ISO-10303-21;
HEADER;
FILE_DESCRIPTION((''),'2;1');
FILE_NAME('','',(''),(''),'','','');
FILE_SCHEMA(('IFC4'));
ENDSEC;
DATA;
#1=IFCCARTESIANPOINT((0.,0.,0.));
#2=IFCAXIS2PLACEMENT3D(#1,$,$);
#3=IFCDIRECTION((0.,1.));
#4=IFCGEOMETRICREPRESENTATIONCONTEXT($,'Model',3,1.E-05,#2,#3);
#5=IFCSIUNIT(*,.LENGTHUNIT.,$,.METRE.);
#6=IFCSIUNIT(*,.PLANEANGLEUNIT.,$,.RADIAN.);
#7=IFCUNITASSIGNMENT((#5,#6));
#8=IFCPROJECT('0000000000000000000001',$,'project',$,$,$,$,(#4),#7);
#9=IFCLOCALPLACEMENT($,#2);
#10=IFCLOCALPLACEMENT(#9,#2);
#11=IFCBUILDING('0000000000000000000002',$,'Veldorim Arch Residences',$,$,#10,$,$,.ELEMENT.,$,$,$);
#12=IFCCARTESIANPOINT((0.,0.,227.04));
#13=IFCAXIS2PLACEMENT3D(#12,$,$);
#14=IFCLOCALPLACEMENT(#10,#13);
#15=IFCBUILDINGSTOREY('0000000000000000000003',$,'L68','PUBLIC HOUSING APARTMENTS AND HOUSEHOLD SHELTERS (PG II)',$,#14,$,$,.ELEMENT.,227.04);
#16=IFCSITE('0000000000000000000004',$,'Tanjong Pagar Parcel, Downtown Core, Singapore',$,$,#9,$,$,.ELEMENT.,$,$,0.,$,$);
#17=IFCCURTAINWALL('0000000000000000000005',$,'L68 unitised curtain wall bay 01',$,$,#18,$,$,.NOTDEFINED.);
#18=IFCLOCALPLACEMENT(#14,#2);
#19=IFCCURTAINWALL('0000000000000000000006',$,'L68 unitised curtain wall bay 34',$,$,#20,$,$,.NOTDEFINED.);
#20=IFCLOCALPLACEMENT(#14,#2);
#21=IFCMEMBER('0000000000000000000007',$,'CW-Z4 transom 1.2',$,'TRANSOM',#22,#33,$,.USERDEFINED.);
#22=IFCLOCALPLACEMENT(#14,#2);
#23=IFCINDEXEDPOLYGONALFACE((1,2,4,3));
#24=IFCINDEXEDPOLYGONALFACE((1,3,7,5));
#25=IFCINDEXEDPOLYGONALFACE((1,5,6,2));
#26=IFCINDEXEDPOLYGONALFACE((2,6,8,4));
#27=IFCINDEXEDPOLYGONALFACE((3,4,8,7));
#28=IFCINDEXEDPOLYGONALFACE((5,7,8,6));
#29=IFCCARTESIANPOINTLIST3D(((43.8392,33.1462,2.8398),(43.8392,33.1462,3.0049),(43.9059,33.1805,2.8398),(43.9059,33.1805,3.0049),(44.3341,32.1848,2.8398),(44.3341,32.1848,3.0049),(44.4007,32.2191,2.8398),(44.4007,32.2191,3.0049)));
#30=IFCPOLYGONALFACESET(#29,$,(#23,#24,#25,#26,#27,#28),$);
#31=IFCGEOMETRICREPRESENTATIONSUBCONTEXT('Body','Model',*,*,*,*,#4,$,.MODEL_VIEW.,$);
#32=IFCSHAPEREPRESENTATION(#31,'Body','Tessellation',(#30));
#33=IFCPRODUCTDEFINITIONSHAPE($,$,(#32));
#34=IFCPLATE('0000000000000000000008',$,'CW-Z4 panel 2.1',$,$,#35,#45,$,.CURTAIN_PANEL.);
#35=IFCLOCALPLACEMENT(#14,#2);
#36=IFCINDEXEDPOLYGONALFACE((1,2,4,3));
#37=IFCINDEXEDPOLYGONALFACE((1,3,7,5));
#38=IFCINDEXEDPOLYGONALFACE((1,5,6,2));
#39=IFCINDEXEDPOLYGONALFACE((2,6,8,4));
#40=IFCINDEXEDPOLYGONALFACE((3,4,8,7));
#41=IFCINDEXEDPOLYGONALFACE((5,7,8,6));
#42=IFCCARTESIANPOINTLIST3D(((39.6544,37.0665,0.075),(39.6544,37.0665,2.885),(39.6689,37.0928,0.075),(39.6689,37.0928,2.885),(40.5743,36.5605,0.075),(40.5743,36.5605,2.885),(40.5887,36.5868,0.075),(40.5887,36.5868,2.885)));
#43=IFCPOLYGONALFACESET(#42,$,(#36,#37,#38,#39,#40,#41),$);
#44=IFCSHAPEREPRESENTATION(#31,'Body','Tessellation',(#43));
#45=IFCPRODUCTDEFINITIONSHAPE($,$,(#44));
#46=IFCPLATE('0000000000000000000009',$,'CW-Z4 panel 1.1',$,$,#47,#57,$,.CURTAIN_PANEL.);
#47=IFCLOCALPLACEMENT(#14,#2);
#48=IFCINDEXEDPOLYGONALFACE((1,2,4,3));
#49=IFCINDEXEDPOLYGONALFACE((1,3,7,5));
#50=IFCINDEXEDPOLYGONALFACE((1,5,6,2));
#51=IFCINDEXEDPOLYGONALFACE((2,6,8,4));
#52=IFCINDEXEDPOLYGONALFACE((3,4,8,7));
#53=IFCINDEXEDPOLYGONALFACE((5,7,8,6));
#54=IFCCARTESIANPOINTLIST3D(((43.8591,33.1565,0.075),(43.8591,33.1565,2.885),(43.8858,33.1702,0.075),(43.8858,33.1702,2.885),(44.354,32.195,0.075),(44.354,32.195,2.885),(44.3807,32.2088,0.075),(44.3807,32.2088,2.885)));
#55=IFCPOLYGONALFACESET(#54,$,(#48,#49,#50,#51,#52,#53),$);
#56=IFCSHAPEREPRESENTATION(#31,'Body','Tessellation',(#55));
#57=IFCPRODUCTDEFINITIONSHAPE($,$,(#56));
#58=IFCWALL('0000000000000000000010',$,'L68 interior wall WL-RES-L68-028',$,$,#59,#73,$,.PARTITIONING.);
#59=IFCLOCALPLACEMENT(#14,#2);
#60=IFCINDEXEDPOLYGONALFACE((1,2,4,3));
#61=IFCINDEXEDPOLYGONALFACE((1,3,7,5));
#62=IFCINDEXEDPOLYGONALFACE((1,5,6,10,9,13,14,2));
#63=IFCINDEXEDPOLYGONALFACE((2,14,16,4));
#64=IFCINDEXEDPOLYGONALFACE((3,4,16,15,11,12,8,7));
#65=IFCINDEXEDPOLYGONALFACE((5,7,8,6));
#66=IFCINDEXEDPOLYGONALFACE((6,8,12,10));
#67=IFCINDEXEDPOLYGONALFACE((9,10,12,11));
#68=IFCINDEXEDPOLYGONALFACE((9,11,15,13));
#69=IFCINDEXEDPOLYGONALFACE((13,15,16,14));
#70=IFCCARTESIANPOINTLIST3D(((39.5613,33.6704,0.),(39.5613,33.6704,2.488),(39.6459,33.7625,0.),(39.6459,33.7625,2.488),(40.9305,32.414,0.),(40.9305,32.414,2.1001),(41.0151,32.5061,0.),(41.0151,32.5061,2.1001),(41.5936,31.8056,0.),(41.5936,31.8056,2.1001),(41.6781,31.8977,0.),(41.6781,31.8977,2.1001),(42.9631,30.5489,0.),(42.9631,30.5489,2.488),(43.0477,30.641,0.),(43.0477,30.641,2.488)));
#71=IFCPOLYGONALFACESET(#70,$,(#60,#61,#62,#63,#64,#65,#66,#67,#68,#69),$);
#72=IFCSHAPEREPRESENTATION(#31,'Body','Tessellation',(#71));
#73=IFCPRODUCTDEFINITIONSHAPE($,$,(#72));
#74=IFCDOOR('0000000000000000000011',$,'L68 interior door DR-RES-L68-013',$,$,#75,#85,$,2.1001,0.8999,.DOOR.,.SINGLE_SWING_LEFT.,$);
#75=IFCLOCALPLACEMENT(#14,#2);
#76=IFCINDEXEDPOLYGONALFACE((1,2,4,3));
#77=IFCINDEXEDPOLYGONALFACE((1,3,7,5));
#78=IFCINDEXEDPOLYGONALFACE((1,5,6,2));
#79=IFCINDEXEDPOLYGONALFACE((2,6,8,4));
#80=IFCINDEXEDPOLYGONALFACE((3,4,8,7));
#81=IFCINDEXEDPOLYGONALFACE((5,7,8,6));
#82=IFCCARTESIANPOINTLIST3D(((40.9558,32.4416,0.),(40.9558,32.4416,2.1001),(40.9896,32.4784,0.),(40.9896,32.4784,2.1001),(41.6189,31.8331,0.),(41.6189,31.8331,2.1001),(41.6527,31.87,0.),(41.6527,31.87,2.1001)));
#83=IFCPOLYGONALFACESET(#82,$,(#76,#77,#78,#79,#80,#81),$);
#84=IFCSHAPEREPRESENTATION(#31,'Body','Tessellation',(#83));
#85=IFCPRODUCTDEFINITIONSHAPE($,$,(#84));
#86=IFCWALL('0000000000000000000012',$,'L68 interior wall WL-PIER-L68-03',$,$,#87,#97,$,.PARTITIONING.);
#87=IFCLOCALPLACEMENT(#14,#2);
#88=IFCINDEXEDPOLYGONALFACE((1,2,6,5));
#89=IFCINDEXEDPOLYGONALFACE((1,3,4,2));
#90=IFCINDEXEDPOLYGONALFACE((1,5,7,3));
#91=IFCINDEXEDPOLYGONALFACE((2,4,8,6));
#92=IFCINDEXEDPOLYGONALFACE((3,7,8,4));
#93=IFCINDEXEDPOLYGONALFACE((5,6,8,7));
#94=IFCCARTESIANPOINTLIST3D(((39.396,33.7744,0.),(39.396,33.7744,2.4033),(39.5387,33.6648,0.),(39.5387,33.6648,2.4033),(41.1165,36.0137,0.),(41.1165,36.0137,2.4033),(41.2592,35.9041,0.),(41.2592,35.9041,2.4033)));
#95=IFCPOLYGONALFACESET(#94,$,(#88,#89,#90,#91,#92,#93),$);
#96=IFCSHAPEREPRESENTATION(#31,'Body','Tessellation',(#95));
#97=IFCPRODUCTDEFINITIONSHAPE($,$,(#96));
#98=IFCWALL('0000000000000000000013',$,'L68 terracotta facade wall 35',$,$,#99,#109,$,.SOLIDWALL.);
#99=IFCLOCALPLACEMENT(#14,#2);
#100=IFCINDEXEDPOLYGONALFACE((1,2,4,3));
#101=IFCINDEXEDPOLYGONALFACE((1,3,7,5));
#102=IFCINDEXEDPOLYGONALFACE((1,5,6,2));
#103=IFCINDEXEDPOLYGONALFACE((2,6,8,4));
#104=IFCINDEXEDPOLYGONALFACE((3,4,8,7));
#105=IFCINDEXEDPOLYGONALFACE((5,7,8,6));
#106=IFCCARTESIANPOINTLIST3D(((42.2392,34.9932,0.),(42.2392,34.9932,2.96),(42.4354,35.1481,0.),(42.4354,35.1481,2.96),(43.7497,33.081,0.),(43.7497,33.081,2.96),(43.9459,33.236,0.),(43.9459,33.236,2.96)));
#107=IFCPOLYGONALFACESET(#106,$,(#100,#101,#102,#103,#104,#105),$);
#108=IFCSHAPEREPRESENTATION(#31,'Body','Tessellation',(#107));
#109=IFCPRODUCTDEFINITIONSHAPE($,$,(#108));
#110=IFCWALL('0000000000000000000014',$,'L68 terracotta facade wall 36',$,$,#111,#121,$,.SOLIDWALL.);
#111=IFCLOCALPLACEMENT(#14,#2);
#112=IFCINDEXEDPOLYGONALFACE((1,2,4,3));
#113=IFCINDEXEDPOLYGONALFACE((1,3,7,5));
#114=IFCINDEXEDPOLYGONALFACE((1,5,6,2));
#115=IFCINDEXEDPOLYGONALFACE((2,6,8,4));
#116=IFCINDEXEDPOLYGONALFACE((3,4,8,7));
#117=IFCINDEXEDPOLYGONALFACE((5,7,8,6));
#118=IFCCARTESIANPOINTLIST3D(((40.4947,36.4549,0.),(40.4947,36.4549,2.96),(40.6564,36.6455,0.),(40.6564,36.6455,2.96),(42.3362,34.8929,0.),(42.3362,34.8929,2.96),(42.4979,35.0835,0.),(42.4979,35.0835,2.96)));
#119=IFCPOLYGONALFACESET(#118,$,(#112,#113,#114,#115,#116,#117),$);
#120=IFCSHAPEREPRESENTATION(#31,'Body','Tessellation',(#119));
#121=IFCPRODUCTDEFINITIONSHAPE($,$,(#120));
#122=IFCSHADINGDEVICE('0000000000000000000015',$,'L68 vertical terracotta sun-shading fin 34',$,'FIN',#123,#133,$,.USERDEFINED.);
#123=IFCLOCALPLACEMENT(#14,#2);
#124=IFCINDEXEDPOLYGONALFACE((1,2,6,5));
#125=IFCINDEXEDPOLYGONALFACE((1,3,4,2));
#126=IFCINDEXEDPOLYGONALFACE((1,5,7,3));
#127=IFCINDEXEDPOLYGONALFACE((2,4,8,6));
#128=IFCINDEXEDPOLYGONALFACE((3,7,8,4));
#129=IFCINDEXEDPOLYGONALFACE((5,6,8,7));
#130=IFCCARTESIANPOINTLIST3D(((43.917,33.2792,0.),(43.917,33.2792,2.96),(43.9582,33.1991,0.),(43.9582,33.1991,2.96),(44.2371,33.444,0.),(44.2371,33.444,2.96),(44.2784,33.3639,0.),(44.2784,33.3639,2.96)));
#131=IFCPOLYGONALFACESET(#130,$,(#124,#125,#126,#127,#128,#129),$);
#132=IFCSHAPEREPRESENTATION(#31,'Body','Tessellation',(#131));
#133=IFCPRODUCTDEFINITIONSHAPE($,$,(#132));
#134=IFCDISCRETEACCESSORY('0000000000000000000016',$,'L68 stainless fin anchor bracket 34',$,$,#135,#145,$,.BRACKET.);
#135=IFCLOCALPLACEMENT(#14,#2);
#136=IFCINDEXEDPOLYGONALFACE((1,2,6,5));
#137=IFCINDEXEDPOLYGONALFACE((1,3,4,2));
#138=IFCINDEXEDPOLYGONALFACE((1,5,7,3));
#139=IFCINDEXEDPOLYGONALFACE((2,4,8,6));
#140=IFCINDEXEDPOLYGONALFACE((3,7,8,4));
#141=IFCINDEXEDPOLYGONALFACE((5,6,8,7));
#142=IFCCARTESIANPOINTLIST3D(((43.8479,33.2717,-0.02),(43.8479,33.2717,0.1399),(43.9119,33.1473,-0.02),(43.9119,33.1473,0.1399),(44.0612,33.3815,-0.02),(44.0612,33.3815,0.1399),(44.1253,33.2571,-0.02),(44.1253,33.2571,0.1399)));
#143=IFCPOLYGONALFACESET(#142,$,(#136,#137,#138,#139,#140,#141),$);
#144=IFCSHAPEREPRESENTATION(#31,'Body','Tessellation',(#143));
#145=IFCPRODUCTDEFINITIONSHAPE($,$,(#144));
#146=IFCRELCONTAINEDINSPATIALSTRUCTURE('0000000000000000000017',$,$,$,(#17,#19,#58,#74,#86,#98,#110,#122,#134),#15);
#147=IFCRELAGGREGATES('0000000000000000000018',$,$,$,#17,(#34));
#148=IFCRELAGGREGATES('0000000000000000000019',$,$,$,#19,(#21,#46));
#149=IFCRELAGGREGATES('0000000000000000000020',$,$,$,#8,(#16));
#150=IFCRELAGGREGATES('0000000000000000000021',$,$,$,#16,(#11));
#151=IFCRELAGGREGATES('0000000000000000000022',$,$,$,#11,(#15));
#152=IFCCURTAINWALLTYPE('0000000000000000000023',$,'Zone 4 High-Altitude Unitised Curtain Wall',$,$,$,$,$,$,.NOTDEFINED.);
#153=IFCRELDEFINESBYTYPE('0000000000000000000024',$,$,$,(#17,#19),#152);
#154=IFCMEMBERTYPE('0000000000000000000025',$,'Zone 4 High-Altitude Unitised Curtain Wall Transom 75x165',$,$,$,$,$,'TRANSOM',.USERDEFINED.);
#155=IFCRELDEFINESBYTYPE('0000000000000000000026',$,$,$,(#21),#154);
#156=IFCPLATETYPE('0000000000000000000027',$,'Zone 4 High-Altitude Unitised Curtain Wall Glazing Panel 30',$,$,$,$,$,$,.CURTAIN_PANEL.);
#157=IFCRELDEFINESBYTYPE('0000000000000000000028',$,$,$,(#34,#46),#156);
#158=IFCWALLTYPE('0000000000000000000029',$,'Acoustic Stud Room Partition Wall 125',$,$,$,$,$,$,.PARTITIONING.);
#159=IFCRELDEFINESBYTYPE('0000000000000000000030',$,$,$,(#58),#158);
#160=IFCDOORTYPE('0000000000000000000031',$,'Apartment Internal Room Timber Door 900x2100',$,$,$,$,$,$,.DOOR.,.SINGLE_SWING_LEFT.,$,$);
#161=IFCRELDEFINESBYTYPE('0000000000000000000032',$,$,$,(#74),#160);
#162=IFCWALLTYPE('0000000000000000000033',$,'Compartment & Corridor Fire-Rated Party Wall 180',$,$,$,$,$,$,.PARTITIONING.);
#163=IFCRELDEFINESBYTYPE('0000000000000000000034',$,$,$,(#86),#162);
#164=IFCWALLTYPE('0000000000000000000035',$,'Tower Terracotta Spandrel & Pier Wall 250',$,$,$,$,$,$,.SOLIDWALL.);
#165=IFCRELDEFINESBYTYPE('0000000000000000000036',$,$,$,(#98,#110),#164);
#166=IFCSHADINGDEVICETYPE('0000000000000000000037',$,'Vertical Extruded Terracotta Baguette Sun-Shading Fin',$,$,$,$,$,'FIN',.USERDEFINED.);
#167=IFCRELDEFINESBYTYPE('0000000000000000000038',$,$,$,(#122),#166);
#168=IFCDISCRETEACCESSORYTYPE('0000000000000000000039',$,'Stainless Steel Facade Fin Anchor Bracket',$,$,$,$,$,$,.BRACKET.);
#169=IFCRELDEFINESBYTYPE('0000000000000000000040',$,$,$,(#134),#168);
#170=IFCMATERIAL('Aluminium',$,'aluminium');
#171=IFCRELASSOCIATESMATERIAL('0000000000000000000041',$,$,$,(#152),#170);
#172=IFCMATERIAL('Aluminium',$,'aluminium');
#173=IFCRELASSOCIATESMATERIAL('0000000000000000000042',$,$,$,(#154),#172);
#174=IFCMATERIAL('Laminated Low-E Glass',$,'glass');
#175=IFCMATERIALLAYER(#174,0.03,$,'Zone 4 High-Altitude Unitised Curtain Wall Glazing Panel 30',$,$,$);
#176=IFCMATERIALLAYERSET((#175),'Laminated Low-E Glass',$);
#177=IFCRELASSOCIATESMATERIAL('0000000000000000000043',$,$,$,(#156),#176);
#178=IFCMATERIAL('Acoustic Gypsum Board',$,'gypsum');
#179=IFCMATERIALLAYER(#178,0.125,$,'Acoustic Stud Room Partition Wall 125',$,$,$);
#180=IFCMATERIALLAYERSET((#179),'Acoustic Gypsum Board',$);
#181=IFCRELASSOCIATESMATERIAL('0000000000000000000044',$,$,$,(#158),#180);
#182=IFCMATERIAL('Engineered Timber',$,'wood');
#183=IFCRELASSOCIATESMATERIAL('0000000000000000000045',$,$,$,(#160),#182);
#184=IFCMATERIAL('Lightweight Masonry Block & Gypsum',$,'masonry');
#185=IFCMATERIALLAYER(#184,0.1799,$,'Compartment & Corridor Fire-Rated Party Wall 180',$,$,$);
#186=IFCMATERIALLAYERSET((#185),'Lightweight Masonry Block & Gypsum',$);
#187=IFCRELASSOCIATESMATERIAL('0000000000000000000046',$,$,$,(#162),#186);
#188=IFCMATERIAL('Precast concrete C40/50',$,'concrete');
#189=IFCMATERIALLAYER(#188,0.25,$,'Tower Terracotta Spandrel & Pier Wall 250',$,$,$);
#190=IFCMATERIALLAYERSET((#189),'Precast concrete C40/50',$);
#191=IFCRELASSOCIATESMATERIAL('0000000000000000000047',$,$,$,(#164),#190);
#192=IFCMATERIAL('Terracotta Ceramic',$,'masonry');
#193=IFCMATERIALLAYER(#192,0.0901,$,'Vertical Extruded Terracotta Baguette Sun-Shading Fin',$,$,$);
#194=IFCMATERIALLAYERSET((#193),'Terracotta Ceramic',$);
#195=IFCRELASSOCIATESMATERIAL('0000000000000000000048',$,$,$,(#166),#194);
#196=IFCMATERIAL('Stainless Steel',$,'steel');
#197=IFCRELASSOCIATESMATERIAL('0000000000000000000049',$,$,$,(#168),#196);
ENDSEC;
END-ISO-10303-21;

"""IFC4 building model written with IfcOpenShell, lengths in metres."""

from ifc_helpers import new_model, si_unit, direction, frame, frame_2d, origin, origin_2d, place, context, subcontext, project, spatial, rectangle, extrude, material, layer, layer_set, material_profile, profile_set, type_object, element, fill, aggregate, save


model = new_model("IFC4")

# Units and contexts
model_context = context("Model", 3, precision=1e-05, world=origin(), true_north=direction((0.0, 1.0)))
body_context = subcontext(model_context, "Body", "Model", "MODEL_VIEW")
ifc_project = project(units=[si_unit("LENGTHUNIT", "METRE"), si_unit("PLANEANGLEUNIT", "RADIAN")], contexts=[model_context])

# Site, building, storey
site_placement = place(None, origin())
site = spatial("IfcSite", under=ifc_project, at=site_placement, Name="Tanjong Pagar Parcel, Downtown Core, Singapore", CompositionType="ELEMENT", RefElevation=0.0)
building_placement = place(site_placement, origin())
building = spatial("IfcBuilding", under=site, at=building_placement, Name="Veldorim Arch Residences", CompositionType="ELEMENT")
storey_placement = place(building_placement, frame((0.0, 0.0, 227.04)))
storey = spatial("IfcBuildingStorey", under=building, at=storey_placement, Name="L68", Description="PUBLIC HOUSING APARTMENTS AND HOUSEHOLD SHELTERS (PG II)", CompositionType="ELEMENT", Elevation=227.04)

# Curtain wall
ifc_material_1 = material(Name="Aluminium", Category="aluminium")
curtain_wall_type = type_object("IfcCurtainWallType", Name="Zone 4 High-Altitude Unitised Curtain Wall", PredefinedType="NOTDEFINED", material=ifc_material_1)
curtain_wall_1_placement = place(storey_placement, origin())
curtain_wall_1 = element("IfcCurtainWall", 1, at=curtain_wall_1_placement, inside=storey, type_object=curtain_wall_type, Name="L68 unitised curtain wall bay 01", PredefinedType="NOTDEFINED")

# Curtain wall
curtain_wall_2_placement = place(storey_placement, origin())
curtain_wall_2 = element("IfcCurtainWall", 2, at=curtain_wall_2_placement, inside=storey, type_object=curtain_wall_type, Name="L68 unitised curtain wall bay 34", PredefinedType="NOTDEFINED")

# Member
ifc_material_2 = material(Name="Aluminium", Category="aluminium")
ifc_material_profile_1 = material_profile(ifc_material_2, rectangle(XDim=0.075, YDim=0.165, at=origin_2d()), Name="ALU_TRN_75x165")
ifc_profile_set_1 = profile_set([ifc_material_profile_1], Name="Aluminium")
member_type_1 = type_object("IfcMemberType", Name="Zone 4 High-Altitude Unitised Curtain Wall Transom 75x165", ElementType="TRANSOM", PredefinedType="USERDEFINED", material=ifc_profile_set_1)
member_1_placement = place(storey_placement, frame((43.8726, 33.1633, 2.9224), z_axis=(0.457659, -0.889128, 0.0), x_axis=(0.889128, 0.457659, 0.0)))
member_1 = element("IfcMember", 3, at=member_1_placement, type_object=member_type_1, Name="CW-Z4 transom 1.2", ObjectType="TRANSOM", PredefinedType="USERDEFINED", context=body_context, shape_type="SweptSolid", body=[
    extrude(rectangle(XDim=0.075, YDim=0.165, at=origin_2d()), origin(), (0.0, 0.0, 1.0), 1.0813),
])

# Plates
ifc_material_3 = material(Name="Laminated Low-E Glass", Category="glass")
ifc_layer_1 = layer(ifc_material_3, 0.03, Name="Zone 4 High-Altitude Unitised Curtain Wall Glazing Panel 30")
ifc_layer_set_1 = layer_set([ifc_layer_1], Name="Laminated Low-E Glass")
plate_type = type_object("IfcPlateType", Name="Zone 4 High-Altitude Unitised Curtain Wall Glazing Panel 30", PredefinedType="CURTAIN_PANEL", material=ifc_layer_set_1)
plate_1_placement = place(storey_placement, frame((40.1216, 36.8267, 0.075), z_axis=(0.0, 0.0, 1.0), x_axis=(0.876197, -0.481953, 0.0)))
plate_1 = element("IfcPlate", 4, at=plate_1_placement, type_object=plate_type, Name="CW-Z4 panel 2.1", PredefinedType="CURTAIN_PANEL", context=body_context, shape_type="SweptSolid", body=[
    extrude(rectangle(XDim=1.0498, YDim=0.03, at=origin_2d()), origin(), (0.0, 0.0, 1.0), 2.8101),
])
aggregate(curtain_wall_1, [plate_1])
plate_2_placement = place(storey_placement, frame((44.1199, 32.6826, 0.075), z_axis=(0.0, 0.0, 1.0), x_axis=(0.457653, -0.889131, 0.0)))
plate_2 = element("IfcPlate", 5, at=plate_2_placement, type_object=plate_type, Name="CW-Z4 panel 1.1", PredefinedType="CURTAIN_PANEL", context=body_context, shape_type="SweptSolid", body=[
    extrude(rectangle(XDim=1.0813, YDim=0.03, at=origin_2d()), origin(), (0.0, 0.0, 1.0), 2.8101),
])
aggregate(curtain_wall_2, [member_1, plate_2])

# Wall, opening, door
ifc_material_4 = material(Name="Acoustic Gypsum Board", Category="gypsum")
ifc_layer_2 = layer(ifc_material_4, 0.125, Name="Acoustic Stud Room Partition Wall 125")
ifc_layer_set_2 = layer_set([ifc_layer_2], Name="Acoustic Gypsum Board")
wall_type_1 = type_object("IfcWallType", Name="Acoustic Stud Room Partition Wall 125", PredefinedType="PARTITIONING", material=ifc_layer_set_2)
wall_1_placement = place(storey_placement, frame((39.6035, 33.7166, 0.0), z_axis=(0.0, 0.0, 1.0), x_axis=(0.736807, -0.676103, 0.0)))
wall_1 = element("IfcWall", 6, at=wall_1_placement, inside=storey, type_object=wall_type_1, Name="L68 interior wall WL-RES-L68-028", PredefinedType="PARTITIONING", context=body_context, shape_type="SweptSolid", body=[
    extrude(rectangle(XDim=4.6169, YDim=0.125, at=frame_2d((2.3086, 0.0))), origin(), (0.0, 0.0, 1.0), 2.488),
])
opening_placement = place(wall_1_placement, frame((1.8584, 0.0, 0.0)))
opening = element("IfcOpeningElement", 7, at=opening_placement, cuts=wall_1, PredefinedType="OPENING", context=body_context, shape_type="SweptSolid", body=[
    extrude(rectangle(XDim=0.8999, YDim=2.1001, at=frame_2d((0.45, 1.05))), frame((0.0, 0.0725, 0.0), z_axis=(0.0, -1.0, 0.0), x_axis=(1.0, 0.0, 0.0)), (0.0, 0.0, 1.0), 0.145),
])
ifc_material_5 = material(Name="Engineered Timber", Category="wood")
door_type = type_object("IfcDoorType", Name="Apartment Internal Room Timber Door 900x2100", OperationType="SINGLE_SWING_LEFT", PredefinedType="DOOR", material=ifc_material_5)
door_placement = place(opening_placement, origin())
door = element("IfcDoor", 8, at=door_placement, inside=storey, type_object=door_type, Name="L68 interior door DR-RES-L68-013", OperationType="SINGLE_SWING_LEFT", OverallHeight=2.1001, OverallWidth=0.8999, PredefinedType="DOOR", context=body_context, shape_type="SweptSolid", body=[
    extrude(rectangle(XDim=0.8999, YDim=2.1001, at=frame_2d((0.45, 1.05))), frame((0.0, 0.0249, 0.0), z_axis=(0.0, -1.0, 0.0), x_axis=(1.0, 0.0, 0.0)), (0.0, 0.0, 1.0), 0.05),
])
fill(opening, door)

# Walls
ifc_material_6 = material(Name="Lightweight Masonry Block & Gypsum", Category="masonry")
ifc_layer_3 = layer(ifc_material_6, 0.1799, Name="Compartment & Corridor Fire-Rated Party Wall 180")
ifc_layer_set_3 = layer_set([ifc_layer_3], Name="Lightweight Masonry Block & Gypsum")
wall_type_2 = type_object("IfcWallType", Name="Compartment & Corridor Fire-Rated Party Wall 180", PredefinedType="PARTITIONING", material=ifc_layer_set_3)
wall_2_placement = place(storey_placement, frame((39.4673, 33.7195, 0.0), z_axis=(0.0, 0.0, 1.0), x_axis=(0.609255, 0.792974, 0.0)))
element("IfcWall", 9, at=wall_2_placement, inside=storey, type_object=wall_type_2, Name="L68 interior wall WL-PIER-L68-03", PredefinedType="PARTITIONING", context=body_context, shape_type="SweptSolid", body=[
    extrude(rectangle(XDim=2.824, YDim=0.1799, at=frame_2d((1.4121, 0.0))), origin(), (0.0, 0.0, 1.0), 2.4033),
])
ifc_material_7 = material(Name="Precast concrete C40/50", Category="concrete")
ifc_layer_4 = layer(ifc_material_7, 0.25, Name="Tower Terracotta Spandrel & Pier Wall 250")
ifc_layer_set_4 = layer_set([ifc_layer_4], Name="Precast concrete C40/50")
wall_type_3 = type_object("IfcWallType", Name="Tower Terracotta Spandrel & Pier Wall 250", PredefinedType="SOLIDWALL", material=ifc_layer_set_4)
wall_3_placement = place(storey_placement, frame((42.3374, 35.0706, 0.0), z_axis=(0.0, 0.0, 1.0), x_axis=(0.619881, -0.784696, 0.0)))
element("IfcWall", 10, at=wall_3_placement, inside=storey, type_object=wall_type_3, Name="L68 terracotta facade wall 35", PredefinedType="SOLIDWALL", context=body_context, shape_type="SweptSolid", body=[
    extrude(rectangle(XDim=2.4368, YDim=0.25, at=frame_2d((1.2183, 0.0))), origin(), (0.0, 0.0, 1.0), 2.96),
])
wall_4_placement = place(storey_placement, frame((40.5754, 36.5503, 0.0), z_axis=(0.0, 0.0, 1.0), x_axis=(0.762615, -0.646853, 0.0)))
element("IfcWall", 11, at=wall_4_placement, inside=storey, type_object=wall_type_3, Name="L68 terracotta facade wall 36", PredefinedType="SOLIDWALL", context=body_context, shape_type="SweptSolid", body=[
    extrude(rectangle(XDim=2.4148, YDim=0.25, at=frame_2d((1.2075, 0.0))), origin(), (0.0, 0.0, 1.0), 2.96),
])

# Shading device
ifc_material_8 = material(Name="Terracotta Ceramic", Category="masonry")
ifc_layer_5 = layer(ifc_material_8, 0.0901, Name="Vertical Extruded Terracotta Baguette Sun-Shading Fin")
ifc_layer_set_5 = layer_set([ifc_layer_5], Name="Terracotta Ceramic")
shading_device_type = type_object("IfcShadingDeviceType", Name="Vertical Extruded Terracotta Baguette Sun-Shading Fin", ElementType="FIN", PredefinedType="USERDEFINED", material=ifc_layer_set_5)
shading_device_placement = place(storey_placement, frame((44.0977, 33.3215, 0.0), z_axis=(0.0, 0.0, 1.0), x_axis=(0.457719, -0.889097, 0.0)))
element("IfcShadingDevice", 12, at=shading_device_placement, inside=storey, type_object=shading_device_type, Name="L68 vertical terracotta sun-shading fin 34", ObjectType="FIN", PredefinedType="USERDEFINED", context=body_context, shape_type="SweptSolid", body=[
    extrude(rectangle(XDim=0.0901, YDim=0.3601, at=origin_2d()), origin(), (0.0, 0.0, 1.0), 2.96),
])

# Discrete accessory
ifc_material_9 = material(Name="Stainless Steel", Category="steel")
discrete_accessory_type = type_object("IfcDiscreteAccessoryType", Name="Stainless Steel Facade Fin Anchor Bracket", PredefinedType="BRACKET", material=ifc_material_9)
discrete_accessory_placement = place(storey_placement, frame((43.9866, 33.2644, -0.02), z_axis=(0.0, 0.0, 1.0), x_axis=(0.457719, -0.889097, 0.0)))
element("IfcDiscreteAccessory", 13, at=discrete_accessory_placement, inside=storey, type_object=discrete_accessory_type, Name="L68 stainless fin anchor bracket 34", PredefinedType="BRACKET", context=body_context, shape_type="SweptSolid", body=[
    extrude(rectangle(XDim=0.1399, YDim=0.24, at=origin_2d()), origin(), (0.0, 0.0, 1.0), 0.1599),
])

save(model, "model.ifc")
